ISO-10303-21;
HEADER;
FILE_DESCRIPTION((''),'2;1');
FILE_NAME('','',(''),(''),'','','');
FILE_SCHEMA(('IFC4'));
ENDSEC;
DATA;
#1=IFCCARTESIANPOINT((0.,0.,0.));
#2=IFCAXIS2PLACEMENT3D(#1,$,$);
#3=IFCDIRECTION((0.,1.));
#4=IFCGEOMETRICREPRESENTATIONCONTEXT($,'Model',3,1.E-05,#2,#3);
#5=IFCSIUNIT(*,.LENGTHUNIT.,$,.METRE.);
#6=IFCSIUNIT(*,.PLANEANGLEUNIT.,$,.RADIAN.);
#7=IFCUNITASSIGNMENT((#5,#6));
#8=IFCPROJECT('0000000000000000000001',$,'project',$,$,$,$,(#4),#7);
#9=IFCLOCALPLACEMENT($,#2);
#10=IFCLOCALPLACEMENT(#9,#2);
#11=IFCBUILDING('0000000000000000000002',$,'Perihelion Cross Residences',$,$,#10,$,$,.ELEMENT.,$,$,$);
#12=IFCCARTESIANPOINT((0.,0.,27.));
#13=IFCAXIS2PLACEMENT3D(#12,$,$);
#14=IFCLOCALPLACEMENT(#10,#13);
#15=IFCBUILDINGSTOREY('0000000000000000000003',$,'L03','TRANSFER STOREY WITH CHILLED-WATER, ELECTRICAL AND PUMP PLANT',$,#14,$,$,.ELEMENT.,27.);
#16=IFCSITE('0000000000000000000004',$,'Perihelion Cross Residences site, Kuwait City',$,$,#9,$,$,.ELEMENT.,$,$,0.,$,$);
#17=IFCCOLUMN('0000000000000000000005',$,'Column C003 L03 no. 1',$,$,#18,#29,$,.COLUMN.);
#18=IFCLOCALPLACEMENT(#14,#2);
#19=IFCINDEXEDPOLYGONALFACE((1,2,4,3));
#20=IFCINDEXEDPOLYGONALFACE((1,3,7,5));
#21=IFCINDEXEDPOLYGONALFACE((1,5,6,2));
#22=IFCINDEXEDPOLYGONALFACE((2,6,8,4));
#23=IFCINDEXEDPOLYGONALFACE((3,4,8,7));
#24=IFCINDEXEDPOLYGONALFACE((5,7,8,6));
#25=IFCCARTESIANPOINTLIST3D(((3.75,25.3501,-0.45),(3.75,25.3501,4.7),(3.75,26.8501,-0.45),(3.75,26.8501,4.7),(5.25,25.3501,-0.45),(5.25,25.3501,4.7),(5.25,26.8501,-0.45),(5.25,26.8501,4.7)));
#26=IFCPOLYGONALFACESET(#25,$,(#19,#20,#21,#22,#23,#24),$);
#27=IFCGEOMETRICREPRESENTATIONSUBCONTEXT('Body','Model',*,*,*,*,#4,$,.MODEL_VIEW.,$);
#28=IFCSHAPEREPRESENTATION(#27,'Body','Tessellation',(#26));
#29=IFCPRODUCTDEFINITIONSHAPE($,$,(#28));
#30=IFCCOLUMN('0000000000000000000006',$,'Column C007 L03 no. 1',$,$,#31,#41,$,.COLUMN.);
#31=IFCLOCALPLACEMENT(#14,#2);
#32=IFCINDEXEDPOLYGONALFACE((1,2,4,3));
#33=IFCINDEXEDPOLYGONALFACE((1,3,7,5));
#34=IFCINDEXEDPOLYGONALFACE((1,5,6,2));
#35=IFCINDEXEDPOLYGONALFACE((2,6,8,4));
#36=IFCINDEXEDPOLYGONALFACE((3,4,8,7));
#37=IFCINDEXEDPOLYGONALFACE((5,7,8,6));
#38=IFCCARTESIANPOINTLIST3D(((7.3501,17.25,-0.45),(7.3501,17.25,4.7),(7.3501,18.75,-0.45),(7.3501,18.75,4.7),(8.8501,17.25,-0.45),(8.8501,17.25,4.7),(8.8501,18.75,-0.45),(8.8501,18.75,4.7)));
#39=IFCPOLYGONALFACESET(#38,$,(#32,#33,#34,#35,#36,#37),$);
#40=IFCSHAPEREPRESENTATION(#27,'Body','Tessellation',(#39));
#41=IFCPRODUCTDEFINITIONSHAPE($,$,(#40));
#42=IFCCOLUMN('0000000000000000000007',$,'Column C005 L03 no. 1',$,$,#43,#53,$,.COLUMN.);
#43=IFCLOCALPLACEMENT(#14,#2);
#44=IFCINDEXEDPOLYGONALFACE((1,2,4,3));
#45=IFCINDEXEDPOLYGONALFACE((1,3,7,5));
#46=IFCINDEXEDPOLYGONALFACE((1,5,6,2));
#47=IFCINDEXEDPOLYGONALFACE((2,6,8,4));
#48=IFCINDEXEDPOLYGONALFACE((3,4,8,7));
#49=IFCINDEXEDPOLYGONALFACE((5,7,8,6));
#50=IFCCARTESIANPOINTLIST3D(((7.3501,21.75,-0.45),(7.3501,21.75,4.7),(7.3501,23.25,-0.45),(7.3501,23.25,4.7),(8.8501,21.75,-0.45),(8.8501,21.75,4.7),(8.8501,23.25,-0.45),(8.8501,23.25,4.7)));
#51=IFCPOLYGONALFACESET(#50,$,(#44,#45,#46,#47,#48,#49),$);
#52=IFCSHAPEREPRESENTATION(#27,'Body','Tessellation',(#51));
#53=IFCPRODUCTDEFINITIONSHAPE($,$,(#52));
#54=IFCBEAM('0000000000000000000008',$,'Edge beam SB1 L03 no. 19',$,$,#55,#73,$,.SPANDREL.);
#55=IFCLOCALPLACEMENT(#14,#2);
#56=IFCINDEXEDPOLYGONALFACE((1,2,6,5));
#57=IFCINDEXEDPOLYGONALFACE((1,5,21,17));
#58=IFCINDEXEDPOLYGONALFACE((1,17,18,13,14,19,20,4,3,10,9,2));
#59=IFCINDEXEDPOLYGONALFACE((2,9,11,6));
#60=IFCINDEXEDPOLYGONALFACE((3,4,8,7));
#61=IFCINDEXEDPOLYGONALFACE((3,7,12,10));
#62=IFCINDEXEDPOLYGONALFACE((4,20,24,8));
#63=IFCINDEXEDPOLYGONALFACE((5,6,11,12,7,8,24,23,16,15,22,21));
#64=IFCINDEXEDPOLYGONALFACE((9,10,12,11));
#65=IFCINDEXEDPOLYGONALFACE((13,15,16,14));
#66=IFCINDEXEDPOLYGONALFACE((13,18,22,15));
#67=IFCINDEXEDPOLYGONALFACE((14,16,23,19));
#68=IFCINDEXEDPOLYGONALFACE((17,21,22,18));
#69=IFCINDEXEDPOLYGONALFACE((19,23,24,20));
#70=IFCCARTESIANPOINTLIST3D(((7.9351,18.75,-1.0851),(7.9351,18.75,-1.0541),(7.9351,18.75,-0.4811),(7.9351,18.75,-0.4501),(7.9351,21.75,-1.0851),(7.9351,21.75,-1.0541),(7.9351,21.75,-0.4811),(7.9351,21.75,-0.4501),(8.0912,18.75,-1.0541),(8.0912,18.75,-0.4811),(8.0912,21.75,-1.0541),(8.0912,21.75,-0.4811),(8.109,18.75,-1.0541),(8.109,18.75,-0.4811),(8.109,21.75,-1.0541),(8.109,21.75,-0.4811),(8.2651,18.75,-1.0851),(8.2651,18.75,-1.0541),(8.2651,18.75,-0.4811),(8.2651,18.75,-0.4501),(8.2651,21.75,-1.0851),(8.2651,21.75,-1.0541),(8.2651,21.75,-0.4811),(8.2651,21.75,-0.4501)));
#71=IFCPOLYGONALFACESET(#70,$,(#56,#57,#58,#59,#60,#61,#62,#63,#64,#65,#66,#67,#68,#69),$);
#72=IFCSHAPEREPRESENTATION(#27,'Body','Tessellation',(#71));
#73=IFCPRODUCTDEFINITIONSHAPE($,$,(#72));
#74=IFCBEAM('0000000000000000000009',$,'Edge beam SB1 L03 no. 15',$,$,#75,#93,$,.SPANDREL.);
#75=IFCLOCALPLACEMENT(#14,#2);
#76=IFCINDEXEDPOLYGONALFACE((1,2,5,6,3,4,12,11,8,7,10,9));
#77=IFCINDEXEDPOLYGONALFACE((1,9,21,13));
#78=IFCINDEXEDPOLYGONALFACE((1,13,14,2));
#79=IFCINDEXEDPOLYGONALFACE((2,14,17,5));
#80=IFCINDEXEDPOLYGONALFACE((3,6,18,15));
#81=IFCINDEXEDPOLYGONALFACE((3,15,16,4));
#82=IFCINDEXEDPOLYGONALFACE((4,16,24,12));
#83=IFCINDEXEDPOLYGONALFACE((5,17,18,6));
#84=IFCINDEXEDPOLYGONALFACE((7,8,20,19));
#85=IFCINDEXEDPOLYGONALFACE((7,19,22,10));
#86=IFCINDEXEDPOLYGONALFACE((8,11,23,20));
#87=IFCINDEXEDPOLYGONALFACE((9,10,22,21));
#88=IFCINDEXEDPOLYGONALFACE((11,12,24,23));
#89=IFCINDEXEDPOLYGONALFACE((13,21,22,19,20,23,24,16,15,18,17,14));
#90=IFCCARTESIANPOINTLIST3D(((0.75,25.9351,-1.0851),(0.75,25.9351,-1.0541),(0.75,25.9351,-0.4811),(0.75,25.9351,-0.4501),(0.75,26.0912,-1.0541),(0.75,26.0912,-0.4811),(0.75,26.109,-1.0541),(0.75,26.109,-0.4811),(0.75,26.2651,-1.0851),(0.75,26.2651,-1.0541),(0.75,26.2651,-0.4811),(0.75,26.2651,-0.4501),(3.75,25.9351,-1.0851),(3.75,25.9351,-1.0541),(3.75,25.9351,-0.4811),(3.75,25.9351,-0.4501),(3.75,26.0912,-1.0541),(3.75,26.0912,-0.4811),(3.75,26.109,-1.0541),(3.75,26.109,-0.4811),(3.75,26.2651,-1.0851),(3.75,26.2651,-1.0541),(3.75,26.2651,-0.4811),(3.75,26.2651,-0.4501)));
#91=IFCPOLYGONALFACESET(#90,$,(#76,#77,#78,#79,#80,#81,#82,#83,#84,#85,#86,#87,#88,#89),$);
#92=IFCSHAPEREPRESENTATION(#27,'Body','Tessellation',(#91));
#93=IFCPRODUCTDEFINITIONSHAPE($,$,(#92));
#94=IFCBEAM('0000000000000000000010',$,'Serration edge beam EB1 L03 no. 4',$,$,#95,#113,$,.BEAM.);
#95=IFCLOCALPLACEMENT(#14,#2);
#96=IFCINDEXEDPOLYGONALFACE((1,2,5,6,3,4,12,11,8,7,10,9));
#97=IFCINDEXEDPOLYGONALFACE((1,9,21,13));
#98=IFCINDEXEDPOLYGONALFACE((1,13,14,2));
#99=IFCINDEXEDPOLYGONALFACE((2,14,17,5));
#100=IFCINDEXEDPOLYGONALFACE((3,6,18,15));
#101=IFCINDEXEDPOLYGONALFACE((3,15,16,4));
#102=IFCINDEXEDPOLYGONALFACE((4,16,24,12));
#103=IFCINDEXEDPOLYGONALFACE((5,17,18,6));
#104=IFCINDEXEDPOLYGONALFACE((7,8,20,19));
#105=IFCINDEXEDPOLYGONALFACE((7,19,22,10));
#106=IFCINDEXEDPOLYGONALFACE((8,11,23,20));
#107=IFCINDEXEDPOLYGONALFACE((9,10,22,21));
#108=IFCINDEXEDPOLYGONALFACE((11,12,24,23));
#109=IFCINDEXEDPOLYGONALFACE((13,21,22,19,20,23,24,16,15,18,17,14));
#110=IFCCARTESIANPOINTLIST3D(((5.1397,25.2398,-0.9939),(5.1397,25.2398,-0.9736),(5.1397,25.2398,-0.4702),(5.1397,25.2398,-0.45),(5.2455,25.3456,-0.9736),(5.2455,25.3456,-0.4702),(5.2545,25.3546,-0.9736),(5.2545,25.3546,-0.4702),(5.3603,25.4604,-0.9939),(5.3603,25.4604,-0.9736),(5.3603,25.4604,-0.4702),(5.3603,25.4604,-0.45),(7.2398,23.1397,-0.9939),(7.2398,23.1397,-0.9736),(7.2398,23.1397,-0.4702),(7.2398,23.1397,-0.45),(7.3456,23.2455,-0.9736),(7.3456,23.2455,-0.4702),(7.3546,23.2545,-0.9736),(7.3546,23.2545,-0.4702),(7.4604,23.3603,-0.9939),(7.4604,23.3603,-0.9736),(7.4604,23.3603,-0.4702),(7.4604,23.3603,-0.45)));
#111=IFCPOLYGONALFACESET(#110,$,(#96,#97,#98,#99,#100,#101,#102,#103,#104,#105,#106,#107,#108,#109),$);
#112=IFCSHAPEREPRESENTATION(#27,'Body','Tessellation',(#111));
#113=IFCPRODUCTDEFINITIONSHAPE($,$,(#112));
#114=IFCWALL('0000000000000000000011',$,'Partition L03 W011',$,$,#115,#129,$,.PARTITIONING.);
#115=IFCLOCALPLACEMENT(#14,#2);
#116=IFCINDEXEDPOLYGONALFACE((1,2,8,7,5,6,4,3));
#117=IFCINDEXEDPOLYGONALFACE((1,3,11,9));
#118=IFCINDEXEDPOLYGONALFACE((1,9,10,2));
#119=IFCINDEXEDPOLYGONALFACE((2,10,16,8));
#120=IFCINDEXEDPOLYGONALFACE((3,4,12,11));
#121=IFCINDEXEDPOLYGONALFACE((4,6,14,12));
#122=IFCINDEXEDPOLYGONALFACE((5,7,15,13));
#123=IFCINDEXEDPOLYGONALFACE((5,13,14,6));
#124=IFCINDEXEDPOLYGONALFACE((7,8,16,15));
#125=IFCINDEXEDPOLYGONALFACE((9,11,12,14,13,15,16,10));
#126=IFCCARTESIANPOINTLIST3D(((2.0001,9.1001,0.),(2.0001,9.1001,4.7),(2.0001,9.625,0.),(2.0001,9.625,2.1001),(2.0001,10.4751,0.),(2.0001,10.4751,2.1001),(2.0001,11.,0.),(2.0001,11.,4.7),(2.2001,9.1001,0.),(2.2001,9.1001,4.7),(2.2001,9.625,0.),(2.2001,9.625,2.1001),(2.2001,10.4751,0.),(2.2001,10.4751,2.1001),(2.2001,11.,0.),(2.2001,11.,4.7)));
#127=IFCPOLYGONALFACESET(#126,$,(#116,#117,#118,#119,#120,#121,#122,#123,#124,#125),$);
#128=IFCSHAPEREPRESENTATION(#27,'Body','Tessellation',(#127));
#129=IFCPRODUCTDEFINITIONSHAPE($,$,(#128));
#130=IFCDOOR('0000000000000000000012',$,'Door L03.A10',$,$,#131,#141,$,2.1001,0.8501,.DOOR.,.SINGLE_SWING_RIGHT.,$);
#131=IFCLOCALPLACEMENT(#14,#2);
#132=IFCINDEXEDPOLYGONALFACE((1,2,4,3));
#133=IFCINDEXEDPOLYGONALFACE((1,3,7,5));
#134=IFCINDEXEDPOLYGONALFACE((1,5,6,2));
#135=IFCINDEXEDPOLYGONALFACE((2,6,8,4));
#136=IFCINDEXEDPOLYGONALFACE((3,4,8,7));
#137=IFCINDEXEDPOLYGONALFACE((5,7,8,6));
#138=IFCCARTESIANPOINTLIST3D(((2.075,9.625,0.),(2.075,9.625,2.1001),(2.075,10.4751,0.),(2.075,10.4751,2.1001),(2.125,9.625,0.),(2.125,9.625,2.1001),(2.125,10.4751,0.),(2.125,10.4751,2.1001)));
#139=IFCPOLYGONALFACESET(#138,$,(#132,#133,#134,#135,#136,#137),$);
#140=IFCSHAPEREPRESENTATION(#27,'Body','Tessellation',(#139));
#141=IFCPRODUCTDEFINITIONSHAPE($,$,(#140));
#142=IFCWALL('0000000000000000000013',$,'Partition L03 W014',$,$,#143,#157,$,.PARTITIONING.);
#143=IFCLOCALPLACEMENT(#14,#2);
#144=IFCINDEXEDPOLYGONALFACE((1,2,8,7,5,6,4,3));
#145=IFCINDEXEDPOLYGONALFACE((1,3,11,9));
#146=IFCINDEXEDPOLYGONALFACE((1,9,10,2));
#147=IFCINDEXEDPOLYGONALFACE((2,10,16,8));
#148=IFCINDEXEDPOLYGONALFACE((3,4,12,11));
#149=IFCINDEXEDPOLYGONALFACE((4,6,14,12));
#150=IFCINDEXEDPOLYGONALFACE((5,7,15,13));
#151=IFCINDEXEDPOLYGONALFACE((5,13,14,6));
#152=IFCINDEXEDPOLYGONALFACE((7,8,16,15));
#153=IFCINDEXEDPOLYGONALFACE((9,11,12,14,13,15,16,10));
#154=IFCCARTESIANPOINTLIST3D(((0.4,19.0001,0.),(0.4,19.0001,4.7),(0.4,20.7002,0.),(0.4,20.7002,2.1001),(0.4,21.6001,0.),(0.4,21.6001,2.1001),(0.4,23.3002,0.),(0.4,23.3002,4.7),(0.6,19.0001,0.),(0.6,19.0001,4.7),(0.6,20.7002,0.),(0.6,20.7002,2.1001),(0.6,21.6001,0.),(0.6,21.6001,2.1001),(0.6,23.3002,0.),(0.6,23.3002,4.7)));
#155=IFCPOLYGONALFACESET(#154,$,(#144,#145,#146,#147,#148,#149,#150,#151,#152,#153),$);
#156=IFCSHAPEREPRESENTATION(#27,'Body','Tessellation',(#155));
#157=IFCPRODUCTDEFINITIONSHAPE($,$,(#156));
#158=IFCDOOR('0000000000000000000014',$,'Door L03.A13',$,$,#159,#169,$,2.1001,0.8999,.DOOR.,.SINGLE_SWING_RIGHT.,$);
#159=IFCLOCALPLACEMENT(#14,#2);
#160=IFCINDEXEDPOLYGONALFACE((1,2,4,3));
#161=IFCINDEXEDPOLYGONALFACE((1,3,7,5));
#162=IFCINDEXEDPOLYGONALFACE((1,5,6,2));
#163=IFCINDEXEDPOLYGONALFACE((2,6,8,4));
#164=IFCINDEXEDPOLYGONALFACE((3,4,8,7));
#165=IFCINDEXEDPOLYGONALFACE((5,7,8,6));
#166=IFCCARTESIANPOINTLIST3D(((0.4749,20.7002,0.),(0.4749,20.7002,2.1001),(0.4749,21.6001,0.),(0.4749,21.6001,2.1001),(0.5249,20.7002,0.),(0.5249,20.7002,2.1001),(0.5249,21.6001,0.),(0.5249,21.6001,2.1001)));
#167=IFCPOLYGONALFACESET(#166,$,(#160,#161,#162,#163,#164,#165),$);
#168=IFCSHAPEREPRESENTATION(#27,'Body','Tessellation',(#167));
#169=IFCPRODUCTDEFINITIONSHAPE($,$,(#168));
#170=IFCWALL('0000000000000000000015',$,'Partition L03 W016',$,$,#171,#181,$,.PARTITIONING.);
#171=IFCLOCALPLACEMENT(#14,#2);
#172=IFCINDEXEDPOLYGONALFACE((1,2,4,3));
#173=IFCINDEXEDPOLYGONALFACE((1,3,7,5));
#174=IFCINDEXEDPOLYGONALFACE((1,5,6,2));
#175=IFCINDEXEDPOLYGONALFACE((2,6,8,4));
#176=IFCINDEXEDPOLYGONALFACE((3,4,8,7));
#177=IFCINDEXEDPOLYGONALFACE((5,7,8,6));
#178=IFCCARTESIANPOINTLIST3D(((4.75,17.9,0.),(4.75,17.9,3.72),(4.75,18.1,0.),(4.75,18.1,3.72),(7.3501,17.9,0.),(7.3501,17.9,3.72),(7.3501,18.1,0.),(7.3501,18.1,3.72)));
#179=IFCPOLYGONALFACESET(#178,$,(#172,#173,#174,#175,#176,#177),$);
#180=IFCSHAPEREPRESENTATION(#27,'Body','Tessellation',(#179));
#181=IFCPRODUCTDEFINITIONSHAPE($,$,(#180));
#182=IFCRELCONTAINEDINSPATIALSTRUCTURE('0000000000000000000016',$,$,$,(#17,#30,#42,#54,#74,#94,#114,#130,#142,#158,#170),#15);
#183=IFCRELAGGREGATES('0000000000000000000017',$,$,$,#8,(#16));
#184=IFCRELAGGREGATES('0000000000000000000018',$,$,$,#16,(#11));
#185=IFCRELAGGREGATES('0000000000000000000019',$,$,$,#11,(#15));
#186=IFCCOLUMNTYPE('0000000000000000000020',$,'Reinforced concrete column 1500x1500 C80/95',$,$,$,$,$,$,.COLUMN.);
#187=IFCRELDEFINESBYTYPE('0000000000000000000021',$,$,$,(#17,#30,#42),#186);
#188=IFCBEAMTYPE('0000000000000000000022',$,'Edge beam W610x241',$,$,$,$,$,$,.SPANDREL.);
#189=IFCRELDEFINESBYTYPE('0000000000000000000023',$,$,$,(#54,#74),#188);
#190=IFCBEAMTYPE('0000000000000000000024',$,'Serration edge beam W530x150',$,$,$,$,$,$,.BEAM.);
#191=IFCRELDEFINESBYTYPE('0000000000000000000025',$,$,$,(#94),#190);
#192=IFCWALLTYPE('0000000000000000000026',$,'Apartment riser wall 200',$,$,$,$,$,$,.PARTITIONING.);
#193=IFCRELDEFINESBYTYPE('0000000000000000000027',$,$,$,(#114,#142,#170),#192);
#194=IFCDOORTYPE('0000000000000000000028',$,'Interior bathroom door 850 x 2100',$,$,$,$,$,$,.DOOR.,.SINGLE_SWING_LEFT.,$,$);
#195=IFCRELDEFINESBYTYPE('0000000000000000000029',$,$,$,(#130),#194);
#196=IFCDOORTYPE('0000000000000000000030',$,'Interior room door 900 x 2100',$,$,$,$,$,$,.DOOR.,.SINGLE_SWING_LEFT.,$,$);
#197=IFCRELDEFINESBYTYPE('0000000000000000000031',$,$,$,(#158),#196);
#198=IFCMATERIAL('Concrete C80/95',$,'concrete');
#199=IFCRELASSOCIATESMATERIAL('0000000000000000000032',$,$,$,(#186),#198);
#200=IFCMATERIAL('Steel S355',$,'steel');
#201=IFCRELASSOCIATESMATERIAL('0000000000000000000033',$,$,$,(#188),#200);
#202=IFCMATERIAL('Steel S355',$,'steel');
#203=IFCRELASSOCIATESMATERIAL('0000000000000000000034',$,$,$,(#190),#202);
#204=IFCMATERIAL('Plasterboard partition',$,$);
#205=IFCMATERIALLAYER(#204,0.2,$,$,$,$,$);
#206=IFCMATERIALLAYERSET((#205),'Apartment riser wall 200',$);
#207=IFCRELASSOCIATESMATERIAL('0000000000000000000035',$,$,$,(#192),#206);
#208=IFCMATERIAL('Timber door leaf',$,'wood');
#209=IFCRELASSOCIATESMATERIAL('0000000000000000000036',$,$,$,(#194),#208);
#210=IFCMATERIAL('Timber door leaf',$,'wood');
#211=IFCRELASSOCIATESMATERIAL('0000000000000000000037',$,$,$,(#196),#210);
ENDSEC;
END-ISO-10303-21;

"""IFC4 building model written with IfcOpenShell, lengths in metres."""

from ifc_helpers import new_model, si_unit, direction, frame, frame_2d, origin, origin_2d, place, context, subcontext, project, spatial, rectangle, i_section, extrude, material, layer, layer_set, material_profile, profile_set, type_object, element, fill, save


model = new_model("IFC4")

# Units and contexts
model_context = context("Model", 3, precision=1e-05, world=origin(), true_north=direction((0.0, 1.0)))
body_context = subcontext(model_context, "Body", "Model", "MODEL_VIEW")
ifc_project = project(units=[si_unit("LENGTHUNIT", "METRE"), si_unit("PLANEANGLEUNIT", "RADIAN")], contexts=[model_context])

# Site, building, storey
site_placement = place(None, origin())
site = spatial("IfcSite", under=ifc_project, at=site_placement, Name="Perihelion Cross Residences site, Kuwait City", CompositionType="ELEMENT", RefElevation=0.0)
building_placement = place(site_placement, origin())
building = spatial("IfcBuilding", under=site, at=building_placement, Name="Perihelion Cross Residences", CompositionType="ELEMENT")
storey_placement = place(building_placement, frame((0.0, 0.0, 27.0)))
storey = spatial("IfcBuildingStorey", under=building, at=storey_placement, Name="L03", Description="TRANSFER STOREY WITH CHILLED-WATER, ELECTRICAL AND PUMP PLANT", CompositionType="ELEMENT", Elevation=27.0)

# Columns
ifc_material_1 = material(Name="Concrete C80/95", Category="concrete")
ifc_material_profile_1 = material_profile(ifc_material_1, rectangle(XDim=1.5, YDim=1.5, at=origin_2d()), Name="RC 1500x1500")
ifc_profile_set_1 = profile_set([ifc_material_profile_1], Name="Concrete C80/95")
column_type = type_object("IfcColumnType", Name="Reinforced concrete column 1500x1500 C80/95", PredefinedType="COLUMN", material=ifc_profile_set_1)
for number, where, z_axis, x_axis, name in (
    (1, (4.5, 26.1001, -0.45), (0.0, 0.0, 1.0), (1.0, 0.0, 0.0), "Column C003 L03 no. 1"),
    (2, (8.1001, 18.0, -0.45), (0.0, 0.0, 1.0), (1.0, 0.0, 0.0), "Column C007 L03 no. 1"),
    (3, (8.1001, 22.5, -0.45), (0.0, 0.0, 1.0), (1.0, 0.0, 0.0), "Column C005 L03 no. 1"),
):
    element("IfcColumn", number, at=place(storey_placement, frame(where, z_axis=z_axis, x_axis=x_axis)), inside=storey, type_object=column_type, Name=name, PredefinedType="COLUMN", context=body_context, shape_type="SweptSolid", body=[
        extrude(rectangle(XDim=1.5, YDim=1.5, at=origin_2d()), origin(), (0.0, 0.0, 1.0), 5.1499),
    ])

# Beams
ifc_material_2 = material(Name="Steel S355", Category="steel")
ifc_material_profile_2 = material_profile(ifc_material_2, i_section(OverallWidth=0.3301, OverallDepth=0.635, WebThickness=0.0178, FlangeThickness=0.031, at=origin_2d()), Name="W610x241")
ifc_profile_set_2 = profile_set([ifc_material_profile_2], Name="Steel S355")
beam_type_1 = type_object("IfcBeamType", Name="Edge beam W610x241", PredefinedType="SPANDREL", material=ifc_profile_set_2)
for number, where, z_axis, x_axis, name in (
    (4, (8.1001, 18.75, -0.7676), (0.0, 1.0, 0.0), (-1.0, 0.0, 0.0), "Edge beam SB1 L03 no. 19"),
    (5, (3.75, 26.1001, -0.7676), (-1.0, 0.0, 0.0), (0.0, -1.0, 0.0), "Edge beam SB1 L03 no. 15"),
):
    element("IfcBeam", number, at=place(storey_placement, frame(where, z_axis=z_axis, x_axis=x_axis)), inside=storey, type_object=beam_type_1, Name=name, PredefinedType="SPANDREL", context=body_context, shape_type="SweptSolid", body=[
        extrude(i_section(OverallWidth=0.3301, OverallDepth=0.635, WebThickness=0.0178, FlangeThickness=0.031, at=origin_2d()), origin(), (0.0, 0.0, 1.0), 3.0),
    ])
ifc_material_3 = material(Name="Steel S355", Category="steel")
ifc_material_profile_3 = material_profile(ifc_material_3, i_section(OverallWidth=0.312, OverallDepth=0.5439, WebThickness=0.0127, FlangeThickness=0.0203, at=origin_2d()), Name="W530x150")
ifc_profile_set_3 = profile_set([ifc_material_profile_3], Name="Steel S355")
beam_type_2 = type_object("IfcBeamType", Name="Serration edge beam W530x150", PredefinedType="BEAM", material=ifc_profile_set_3)
beam_placement = place(storey_placement, frame((7.3501, 23.25, -0.7219), z_axis=(-0.707107, 0.707107, 0.0), x_axis=(-0.707107, -0.707107, 0.0)))
element("IfcBeam", 6, at=beam_placement, inside=storey, type_object=beam_type_2, Name="Serration edge beam EB1 L03 no. 4", PredefinedType="BEAM", context=body_context, shape_type="SweptSolid", body=[
    extrude(i_section(OverallWidth=0.312, OverallDepth=0.5439, WebThickness=0.0127, FlangeThickness=0.0203, at=origin_2d()), origin(), (0.0, 0.0, 1.0), 2.97),
])

# Walls, openings, doors
ifc_material_4 = material(Name="Plasterboard partition")
ifc_layer_1 = layer(ifc_material_4, 0.2)
ifc_layer_set_1 = layer_set([ifc_layer_1], Name="Apartment riser wall 200")
wall_type_1 = type_object("IfcWallType", Name="Apartment riser wall 200", PredefinedType="PARTITIONING", material=ifc_layer_set_1)
wall_1_placement = place(storey_placement, frame((2.1001, 11.0, 0.0), z_axis=(0.0, 0.0, 1.0), x_axis=(0.0, -1.0, 0.0)))
wall_1 = element("IfcWall", 7, at=wall_1_placement, inside=storey, type_object=wall_type_1, Name="Partition L03 W011", PredefinedType="PARTITIONING", context=body_context, shape_type="SweptSolid", body=[
    extrude(rectangle(XDim=1.8999, YDim=0.2, at=frame_2d((0.95, 0.0))), origin(), (0.0, 0.0, 1.0), 4.7),
])
opening_1_placement = place(wall_1_placement, frame((0.5249, 0.0, 0.0)))
opening_1 = element("IfcOpeningElement", 8, at=opening_1_placement, cuts=wall_1, PredefinedType="OPENING", context=body_context, shape_type="SweptSolid", body=[
    extrude(rectangle(XDim=0.8501, YDim=2.1001, at=frame_2d((0.425, 1.05))), frame((0.0, 0.1099, 0.0), z_axis=(0.0, -1.0, 0.0), x_axis=(1.0, 0.0, 0.0)), (0.0, 0.0, 1.0), 0.22),
])
ifc_material_5 = material(Name="Timber door leaf", Category="wood")
door_type_1 = type_object("IfcDoorType", Name="Interior bathroom door 850 x 2100", OperationType="SINGLE_SWING_LEFT", PredefinedType="DOOR", material=ifc_material_5)
door_1_placement = place(opening_1_placement, origin())
door_1 = element("IfcDoor", 9, at=door_1_placement, inside=storey, type_object=door_type_1, Name="Door L03.A10", OperationType="SINGLE_SWING_RIGHT", OverallHeight=2.1001, OverallWidth=0.8501, PredefinedType="DOOR", context=body_context, shape_type="SweptSolid", body=[
    extrude(rectangle(XDim=0.8501, YDim=2.1001, at=frame_2d((0.425, 1.05))), frame((0.0, 0.0249, 0.0), z_axis=(0.0, -1.0, 0.0), x_axis=(1.0, 0.0, 0.0)), (0.0, 0.0, 1.0), 0.05),
])
fill(opening_1, door_1)
wall_2_placement = place(storey_placement, frame((0.5, 23.3, 0.0), z_axis=(0.0, 0.0, 1.0), x_axis=(0.0, -1.0, 0.0)))
wall_2 = element("IfcWall", 10, at=wall_2_placement, inside=storey, type_object=wall_type_1, Name="Partition L03 W014", PredefinedType="PARTITIONING", context=body_context, shape_type="SweptSolid", body=[
    extrude(rectangle(XDim=4.3, YDim=0.2, at=frame_2d((2.1499, 0.0))), origin(), (0.0, 0.0, 1.0), 4.7),
])
opening_2_placement = place(wall_2_placement, frame((1.7, 0.0, 0.0)))
opening_2 = element("IfcOpeningElement", 11, at=opening_2_placement, cuts=wall_2, PredefinedType="OPENING", context=body_context, shape_type="SweptSolid", body=[
    extrude(rectangle(XDim=0.8999, YDim=2.1001, at=frame_2d((0.45, 1.05))), frame((0.0, 0.1099, 0.0), z_axis=(0.0, -1.0, 0.0), x_axis=(1.0, 0.0, 0.0)), (0.0, 0.0, 1.0), 0.22),
])
ifc_material_6 = material(Name="Timber door leaf", Category="wood")
door_type_2 = type_object("IfcDoorType", Name="Interior room door 900 x 2100", OperationType="SINGLE_SWING_LEFT", PredefinedType="DOOR", material=ifc_material_6)
door_2_placement = place(opening_2_placement, origin())
door_2 = element("IfcDoor", 12, at=door_2_placement, inside=storey, type_object=door_type_2, Name="Door L03.A13", OperationType="SINGLE_SWING_RIGHT", OverallHeight=2.1001, OverallWidth=0.8999, PredefinedType="DOOR", context=body_context, shape_type="SweptSolid", body=[
    extrude(rectangle(XDim=0.8999, YDim=2.1001, at=frame_2d((0.45, 1.05))), frame((0.0, 0.0249, 0.0), z_axis=(0.0, -1.0, 0.0), x_axis=(1.0, 0.0, 0.0)), (0.0, 0.0, 1.0), 0.05),
])
fill(opening_2, door_2)

# Wall
wall_3_placement = place(storey_placement, frame((4.75, 18.0, 0.0), z_axis=(0.0, 0.0, 1.0), x_axis=(1.0, 0.0, 0.0)))
element("IfcWall", 13, at=wall_3_placement, inside=storey, type_object=wall_type_1, Name="Partition L03 W016", PredefinedType="PARTITIONING", context=body_context, shape_type="SweptSolid", body=[
    extrude(rectangle(XDim=2.6001, YDim=0.2, at=frame_2d((1.3, 0.0))), origin(), (0.0, 0.0, 1.0), 3.72),
])

save(model, "model.ifc")
